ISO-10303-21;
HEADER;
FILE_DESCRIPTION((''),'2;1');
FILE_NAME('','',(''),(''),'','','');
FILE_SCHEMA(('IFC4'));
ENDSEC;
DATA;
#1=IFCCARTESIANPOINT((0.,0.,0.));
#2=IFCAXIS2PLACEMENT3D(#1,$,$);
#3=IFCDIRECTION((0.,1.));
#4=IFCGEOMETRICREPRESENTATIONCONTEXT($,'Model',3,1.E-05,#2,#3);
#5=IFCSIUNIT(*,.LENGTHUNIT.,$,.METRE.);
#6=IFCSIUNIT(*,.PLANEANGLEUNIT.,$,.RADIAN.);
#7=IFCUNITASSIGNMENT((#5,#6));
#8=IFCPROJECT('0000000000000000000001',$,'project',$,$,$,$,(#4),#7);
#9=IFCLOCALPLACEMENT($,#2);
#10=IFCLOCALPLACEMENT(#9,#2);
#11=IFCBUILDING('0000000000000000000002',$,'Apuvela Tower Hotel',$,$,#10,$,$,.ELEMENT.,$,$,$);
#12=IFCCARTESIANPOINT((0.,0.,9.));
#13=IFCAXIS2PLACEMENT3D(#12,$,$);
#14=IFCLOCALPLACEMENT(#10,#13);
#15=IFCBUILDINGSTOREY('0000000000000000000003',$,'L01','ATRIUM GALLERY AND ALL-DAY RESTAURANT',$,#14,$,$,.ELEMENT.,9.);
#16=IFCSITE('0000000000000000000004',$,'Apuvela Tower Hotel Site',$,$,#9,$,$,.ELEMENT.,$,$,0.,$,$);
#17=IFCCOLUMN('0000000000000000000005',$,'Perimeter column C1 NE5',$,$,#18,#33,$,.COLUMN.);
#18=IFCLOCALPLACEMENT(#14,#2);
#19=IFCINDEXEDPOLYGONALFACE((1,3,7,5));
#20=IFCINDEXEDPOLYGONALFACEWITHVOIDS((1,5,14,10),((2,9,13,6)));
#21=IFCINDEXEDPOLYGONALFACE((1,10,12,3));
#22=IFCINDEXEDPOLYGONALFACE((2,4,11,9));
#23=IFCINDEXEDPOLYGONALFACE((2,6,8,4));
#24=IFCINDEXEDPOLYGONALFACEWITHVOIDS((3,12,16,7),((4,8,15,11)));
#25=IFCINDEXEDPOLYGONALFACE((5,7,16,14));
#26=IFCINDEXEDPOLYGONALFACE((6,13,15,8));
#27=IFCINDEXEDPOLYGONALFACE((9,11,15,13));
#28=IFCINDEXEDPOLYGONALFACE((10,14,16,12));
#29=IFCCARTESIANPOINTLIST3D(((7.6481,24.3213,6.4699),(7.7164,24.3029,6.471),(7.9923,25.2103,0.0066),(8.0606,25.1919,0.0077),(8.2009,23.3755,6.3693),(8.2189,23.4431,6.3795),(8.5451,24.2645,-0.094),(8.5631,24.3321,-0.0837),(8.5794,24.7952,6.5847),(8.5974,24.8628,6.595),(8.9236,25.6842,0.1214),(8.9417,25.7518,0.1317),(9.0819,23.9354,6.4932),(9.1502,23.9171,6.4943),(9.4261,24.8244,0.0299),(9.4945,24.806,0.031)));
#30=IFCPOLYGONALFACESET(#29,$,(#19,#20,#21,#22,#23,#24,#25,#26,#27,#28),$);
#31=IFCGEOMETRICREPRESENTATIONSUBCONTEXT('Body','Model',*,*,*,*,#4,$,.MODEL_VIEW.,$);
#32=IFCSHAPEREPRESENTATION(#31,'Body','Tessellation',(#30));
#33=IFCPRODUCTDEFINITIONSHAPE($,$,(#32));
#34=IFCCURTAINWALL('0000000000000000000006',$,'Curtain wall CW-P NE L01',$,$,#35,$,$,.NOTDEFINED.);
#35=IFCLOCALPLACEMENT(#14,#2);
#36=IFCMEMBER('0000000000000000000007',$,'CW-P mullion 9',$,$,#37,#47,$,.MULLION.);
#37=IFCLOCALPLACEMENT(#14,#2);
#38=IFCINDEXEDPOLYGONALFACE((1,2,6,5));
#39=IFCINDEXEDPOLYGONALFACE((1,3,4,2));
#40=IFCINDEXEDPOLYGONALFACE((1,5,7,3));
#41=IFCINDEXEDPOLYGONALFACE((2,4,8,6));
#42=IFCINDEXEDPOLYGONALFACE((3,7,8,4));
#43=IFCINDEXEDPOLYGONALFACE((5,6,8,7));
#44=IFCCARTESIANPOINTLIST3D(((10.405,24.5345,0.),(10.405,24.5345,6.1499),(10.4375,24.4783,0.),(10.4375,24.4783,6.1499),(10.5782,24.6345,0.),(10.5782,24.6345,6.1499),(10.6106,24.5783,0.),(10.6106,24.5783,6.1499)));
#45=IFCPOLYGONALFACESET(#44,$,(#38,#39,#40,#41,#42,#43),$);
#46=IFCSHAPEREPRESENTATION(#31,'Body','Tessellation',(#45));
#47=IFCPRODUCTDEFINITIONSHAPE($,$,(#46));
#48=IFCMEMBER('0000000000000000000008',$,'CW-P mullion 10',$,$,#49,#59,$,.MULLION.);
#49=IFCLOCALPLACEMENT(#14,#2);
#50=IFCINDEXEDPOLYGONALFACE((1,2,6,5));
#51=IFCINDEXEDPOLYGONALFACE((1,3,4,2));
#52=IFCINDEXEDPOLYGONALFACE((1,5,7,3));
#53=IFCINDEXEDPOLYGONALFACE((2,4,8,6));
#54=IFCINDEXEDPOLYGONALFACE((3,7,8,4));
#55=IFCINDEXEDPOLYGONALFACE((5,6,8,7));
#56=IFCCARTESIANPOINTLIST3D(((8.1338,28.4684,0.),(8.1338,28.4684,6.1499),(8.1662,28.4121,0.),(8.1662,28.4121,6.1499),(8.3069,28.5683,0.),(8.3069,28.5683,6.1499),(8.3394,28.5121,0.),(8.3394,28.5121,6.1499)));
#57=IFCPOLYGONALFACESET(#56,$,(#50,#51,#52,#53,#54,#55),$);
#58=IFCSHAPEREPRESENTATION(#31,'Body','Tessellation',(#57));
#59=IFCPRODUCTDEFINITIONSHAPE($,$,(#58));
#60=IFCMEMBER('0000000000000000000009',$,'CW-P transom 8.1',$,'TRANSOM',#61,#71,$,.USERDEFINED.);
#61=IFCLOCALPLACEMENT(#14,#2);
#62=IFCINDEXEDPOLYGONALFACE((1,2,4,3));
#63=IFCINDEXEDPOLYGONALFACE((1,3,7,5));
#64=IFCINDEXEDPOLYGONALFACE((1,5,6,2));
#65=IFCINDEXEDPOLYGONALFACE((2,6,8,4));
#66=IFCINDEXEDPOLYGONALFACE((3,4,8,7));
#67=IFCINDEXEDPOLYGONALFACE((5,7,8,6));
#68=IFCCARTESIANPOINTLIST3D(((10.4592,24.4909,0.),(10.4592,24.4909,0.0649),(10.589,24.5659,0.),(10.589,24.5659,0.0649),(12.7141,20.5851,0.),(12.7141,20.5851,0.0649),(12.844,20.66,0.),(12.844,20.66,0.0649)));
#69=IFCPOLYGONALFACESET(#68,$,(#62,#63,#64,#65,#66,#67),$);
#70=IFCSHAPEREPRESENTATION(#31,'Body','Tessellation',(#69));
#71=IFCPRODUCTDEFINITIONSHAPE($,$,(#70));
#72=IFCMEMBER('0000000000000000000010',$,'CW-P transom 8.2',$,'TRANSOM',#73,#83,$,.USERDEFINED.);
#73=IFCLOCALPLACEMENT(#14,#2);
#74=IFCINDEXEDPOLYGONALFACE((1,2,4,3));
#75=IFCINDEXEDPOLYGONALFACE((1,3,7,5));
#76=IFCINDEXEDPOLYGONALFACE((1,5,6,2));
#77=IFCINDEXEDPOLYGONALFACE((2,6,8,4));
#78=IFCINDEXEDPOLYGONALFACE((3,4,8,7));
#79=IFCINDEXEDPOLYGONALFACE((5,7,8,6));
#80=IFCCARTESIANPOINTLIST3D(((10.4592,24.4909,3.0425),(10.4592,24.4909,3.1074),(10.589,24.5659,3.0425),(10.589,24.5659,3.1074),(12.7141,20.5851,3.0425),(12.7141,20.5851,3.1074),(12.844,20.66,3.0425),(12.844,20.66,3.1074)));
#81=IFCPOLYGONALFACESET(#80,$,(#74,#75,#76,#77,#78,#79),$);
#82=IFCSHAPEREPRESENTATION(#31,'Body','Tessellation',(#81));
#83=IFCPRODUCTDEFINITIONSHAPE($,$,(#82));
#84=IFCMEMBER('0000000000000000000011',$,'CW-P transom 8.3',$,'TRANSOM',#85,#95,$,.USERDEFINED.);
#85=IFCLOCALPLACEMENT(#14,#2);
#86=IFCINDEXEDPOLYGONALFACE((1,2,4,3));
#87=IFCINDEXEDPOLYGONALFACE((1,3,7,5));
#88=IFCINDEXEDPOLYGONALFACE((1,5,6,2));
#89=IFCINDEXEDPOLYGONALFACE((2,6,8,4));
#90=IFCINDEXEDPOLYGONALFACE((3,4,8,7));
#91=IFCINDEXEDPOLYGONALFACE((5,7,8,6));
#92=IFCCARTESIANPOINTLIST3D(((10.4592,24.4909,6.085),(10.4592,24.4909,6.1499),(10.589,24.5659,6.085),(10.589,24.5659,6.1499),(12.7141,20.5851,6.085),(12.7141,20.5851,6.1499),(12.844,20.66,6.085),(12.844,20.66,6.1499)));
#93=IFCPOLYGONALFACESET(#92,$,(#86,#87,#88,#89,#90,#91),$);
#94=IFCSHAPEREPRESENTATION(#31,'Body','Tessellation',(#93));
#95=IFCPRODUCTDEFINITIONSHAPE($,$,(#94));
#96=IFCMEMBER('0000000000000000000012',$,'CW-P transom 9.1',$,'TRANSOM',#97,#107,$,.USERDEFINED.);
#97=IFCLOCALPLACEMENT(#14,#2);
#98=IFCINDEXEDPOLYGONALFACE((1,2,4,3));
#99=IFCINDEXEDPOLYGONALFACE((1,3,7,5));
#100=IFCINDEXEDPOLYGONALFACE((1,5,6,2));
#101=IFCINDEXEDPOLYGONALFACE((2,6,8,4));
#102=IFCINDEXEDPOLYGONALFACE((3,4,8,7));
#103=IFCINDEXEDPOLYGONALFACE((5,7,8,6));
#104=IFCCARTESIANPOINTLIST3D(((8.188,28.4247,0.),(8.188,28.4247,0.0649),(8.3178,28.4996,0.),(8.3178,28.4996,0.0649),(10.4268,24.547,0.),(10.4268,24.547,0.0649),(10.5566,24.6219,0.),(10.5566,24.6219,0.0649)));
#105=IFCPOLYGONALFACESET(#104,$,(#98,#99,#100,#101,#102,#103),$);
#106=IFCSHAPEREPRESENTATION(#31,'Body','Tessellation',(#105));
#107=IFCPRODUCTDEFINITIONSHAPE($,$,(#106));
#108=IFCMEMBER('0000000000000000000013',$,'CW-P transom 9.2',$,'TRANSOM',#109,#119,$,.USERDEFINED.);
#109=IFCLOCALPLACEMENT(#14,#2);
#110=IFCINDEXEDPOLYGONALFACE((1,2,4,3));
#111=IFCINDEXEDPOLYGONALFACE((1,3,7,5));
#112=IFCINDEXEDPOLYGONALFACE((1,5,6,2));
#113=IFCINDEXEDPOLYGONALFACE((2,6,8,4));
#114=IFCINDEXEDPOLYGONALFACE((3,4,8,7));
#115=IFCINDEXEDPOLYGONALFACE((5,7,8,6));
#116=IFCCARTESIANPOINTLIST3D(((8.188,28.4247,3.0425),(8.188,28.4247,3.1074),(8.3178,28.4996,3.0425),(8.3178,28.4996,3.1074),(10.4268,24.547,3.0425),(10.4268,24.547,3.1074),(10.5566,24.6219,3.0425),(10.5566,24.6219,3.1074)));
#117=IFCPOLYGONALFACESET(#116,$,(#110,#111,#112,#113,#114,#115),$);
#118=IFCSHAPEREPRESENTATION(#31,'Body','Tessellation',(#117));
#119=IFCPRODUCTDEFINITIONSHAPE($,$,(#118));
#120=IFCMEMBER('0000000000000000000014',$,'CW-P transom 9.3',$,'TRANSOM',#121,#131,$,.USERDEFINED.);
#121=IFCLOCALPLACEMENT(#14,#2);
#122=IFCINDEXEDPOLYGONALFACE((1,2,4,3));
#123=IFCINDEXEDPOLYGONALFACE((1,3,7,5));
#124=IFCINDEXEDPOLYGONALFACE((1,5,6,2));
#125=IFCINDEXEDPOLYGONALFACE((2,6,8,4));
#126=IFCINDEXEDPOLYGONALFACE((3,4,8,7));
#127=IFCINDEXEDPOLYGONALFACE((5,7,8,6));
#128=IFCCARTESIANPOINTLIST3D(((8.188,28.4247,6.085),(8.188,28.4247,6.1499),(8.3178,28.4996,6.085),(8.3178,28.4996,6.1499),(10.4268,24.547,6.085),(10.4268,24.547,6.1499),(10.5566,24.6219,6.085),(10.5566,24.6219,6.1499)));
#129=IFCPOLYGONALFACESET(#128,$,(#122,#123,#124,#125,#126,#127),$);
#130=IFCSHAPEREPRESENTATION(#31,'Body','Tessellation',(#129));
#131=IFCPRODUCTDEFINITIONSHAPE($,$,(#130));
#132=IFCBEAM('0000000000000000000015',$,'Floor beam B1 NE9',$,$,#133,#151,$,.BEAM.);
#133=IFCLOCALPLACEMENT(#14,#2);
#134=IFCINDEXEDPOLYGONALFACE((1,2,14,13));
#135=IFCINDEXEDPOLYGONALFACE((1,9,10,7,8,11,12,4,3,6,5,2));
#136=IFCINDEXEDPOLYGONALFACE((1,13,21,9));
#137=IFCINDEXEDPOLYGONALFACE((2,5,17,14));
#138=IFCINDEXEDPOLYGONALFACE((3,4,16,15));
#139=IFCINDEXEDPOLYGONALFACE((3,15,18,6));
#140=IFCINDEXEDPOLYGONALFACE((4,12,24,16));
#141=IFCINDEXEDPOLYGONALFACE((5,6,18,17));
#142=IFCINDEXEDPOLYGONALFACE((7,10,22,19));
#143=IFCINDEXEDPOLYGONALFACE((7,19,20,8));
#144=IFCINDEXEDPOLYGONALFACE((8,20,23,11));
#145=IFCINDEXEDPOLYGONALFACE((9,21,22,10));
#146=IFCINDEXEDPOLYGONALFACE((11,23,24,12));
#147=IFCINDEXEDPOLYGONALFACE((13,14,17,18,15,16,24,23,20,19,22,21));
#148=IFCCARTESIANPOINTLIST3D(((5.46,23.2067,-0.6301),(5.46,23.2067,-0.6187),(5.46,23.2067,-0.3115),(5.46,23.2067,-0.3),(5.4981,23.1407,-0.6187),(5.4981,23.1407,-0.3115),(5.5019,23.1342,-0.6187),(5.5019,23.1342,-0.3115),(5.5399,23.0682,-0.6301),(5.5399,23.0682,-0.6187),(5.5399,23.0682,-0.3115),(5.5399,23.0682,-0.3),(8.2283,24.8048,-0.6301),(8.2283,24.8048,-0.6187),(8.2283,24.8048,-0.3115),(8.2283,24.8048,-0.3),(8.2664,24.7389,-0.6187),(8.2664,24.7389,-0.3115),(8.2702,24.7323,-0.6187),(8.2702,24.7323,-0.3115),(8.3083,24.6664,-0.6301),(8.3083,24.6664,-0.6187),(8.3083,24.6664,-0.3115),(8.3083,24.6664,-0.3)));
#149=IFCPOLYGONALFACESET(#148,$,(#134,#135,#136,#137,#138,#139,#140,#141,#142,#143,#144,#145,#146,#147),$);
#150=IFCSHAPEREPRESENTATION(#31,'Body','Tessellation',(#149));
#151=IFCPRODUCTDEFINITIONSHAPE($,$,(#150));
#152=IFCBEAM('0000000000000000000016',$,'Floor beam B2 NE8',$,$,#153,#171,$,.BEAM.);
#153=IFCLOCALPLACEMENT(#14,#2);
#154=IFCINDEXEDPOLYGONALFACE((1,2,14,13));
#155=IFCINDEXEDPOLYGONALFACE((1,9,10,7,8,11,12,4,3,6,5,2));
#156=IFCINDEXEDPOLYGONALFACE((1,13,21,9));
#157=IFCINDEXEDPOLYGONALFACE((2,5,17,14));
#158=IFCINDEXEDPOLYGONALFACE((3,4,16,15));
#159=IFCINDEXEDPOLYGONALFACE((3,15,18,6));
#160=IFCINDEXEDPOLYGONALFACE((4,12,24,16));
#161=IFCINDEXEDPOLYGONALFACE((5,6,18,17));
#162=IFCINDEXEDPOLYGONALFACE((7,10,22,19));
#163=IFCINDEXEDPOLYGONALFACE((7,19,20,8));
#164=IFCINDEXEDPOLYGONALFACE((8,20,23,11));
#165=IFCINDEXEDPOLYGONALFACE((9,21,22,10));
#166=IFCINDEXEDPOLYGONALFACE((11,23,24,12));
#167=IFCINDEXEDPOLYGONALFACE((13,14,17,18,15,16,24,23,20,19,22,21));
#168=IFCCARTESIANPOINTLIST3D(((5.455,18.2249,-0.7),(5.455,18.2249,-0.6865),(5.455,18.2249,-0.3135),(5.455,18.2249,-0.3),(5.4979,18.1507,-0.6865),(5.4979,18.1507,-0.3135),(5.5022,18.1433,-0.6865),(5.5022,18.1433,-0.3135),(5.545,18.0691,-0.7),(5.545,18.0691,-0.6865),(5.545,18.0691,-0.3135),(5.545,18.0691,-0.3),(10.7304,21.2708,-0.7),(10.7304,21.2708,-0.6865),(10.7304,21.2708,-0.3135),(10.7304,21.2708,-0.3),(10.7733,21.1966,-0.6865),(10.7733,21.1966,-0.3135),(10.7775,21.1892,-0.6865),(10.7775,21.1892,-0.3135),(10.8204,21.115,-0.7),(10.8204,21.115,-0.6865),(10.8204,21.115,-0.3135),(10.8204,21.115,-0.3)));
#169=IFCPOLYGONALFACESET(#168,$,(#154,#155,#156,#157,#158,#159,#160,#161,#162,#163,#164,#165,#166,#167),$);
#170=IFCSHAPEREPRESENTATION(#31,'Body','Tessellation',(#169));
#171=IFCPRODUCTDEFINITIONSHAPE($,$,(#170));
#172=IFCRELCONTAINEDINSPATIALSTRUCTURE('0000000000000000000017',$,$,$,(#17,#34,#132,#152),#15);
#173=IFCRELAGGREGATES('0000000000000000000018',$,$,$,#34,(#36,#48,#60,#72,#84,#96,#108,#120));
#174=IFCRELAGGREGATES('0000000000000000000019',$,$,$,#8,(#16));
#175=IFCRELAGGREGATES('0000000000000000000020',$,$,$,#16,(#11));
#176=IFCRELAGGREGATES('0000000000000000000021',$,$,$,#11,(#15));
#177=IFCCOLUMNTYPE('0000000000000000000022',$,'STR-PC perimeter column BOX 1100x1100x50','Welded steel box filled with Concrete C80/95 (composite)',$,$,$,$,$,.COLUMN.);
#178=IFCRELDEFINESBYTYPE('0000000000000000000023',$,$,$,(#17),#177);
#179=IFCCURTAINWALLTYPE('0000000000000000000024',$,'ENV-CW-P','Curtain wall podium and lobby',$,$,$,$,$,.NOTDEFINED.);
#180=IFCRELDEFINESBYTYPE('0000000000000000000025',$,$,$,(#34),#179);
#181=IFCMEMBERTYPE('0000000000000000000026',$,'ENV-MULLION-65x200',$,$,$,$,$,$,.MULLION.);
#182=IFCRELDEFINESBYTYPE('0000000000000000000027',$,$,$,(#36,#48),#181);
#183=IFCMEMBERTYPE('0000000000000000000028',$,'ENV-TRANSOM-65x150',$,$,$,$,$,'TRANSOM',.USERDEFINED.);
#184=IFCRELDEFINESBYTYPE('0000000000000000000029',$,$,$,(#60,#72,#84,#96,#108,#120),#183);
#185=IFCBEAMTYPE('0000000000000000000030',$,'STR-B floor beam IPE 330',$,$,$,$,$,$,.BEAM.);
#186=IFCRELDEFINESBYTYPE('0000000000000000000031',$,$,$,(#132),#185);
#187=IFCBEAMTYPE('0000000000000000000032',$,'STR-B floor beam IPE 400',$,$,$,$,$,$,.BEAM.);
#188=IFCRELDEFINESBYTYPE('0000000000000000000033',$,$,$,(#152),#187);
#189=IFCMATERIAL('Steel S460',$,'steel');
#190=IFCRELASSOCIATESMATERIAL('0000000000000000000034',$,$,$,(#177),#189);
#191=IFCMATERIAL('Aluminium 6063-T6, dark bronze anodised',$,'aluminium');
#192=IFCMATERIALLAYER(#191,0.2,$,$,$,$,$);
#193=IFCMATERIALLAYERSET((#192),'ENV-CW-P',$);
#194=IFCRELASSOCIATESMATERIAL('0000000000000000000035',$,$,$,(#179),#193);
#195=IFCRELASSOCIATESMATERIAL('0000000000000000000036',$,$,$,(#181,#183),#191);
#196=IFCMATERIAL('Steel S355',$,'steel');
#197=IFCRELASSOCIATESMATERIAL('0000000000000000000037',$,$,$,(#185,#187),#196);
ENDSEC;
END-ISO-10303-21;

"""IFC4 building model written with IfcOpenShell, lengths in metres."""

from ifc_helpers import new_model, si_unit, direction, frame, origin, origin_2d, place, context, subcontext, project, spatial, rectangle, hollow_rectangle, i_section, extrude, boolean, halfspace, material, layer, layer_set, material_profile, profile_set, type_object, element, aggregate, save


model = new_model("IFC4")

# Units and contexts
model_context = context("Model", 3, precision=1e-05, world=origin(), true_north=direction((0.0, 1.0)))
body_context = subcontext(model_context, "Body", "Model", "MODEL_VIEW")
ifc_project = project(units=[si_unit("LENGTHUNIT", "METRE"), si_unit("PLANEANGLEUNIT", "RADIAN")], contexts=[model_context])

# Site, building, storey
site_placement = place(None, origin())
site = spatial("IfcSite", under=ifc_project, at=site_placement, Name="Apuvela Tower Hotel Site", CompositionType="ELEMENT", RefElevation=0.0)
building_placement = place(site_placement, origin())
building = spatial("IfcBuilding", under=site, at=building_placement, Name="Apuvela Tower Hotel", CompositionType="ELEMENT")
storey_placement = place(building_placement, frame((0.0, 0.0, 9.0)))
storey = spatial("IfcBuildingStorey", under=building, at=storey_placement, Name="L01", Description="ATRIUM GALLERY AND ALL-DAY RESTAURANT", CompositionType="ELEMENT", Elevation=9.0)

# Column
ifc_material_1 = material(Name="Steel S460", Category="steel")
ifc_material_profile_1 = material_profile(ifc_material_1, hollow_rectangle(XDim=1.1001, YDim=1.1001, WallThickness=0.05, at=origin_2d()), Name="BOX 1100x1100x50")
ifc_material_2 = material(Name="Concrete C80/95", Category="concrete")
ifc_material_profile_2 = material_profile(ifc_material_2, rectangle(XDim=1.0, YDim=1.0, at=origin_2d()), Name="Concrete C80/95 infill")
ifc_profile_set_1 = profile_set([ifc_material_profile_1, ifc_material_profile_2], Name="Steel S460")
column_type = type_object("IfcColumnType", Name="STR-PC perimeter column BOX 1100x1100x50", Description="Welded steel box filled with Concrete C80/95 (composite)", PredefinedType="COLUMN", material=ifc_profile_set_1)
column_placement = place(storey_placement, frame((8.7444, 25.0107, 0.0), z_axis=(-0.05269, -0.136073, 0.989297), x_axis=(-0.502493, 0.859727, 0.091488)))
element("IfcColumn", 1, at=column_placement, inside=storey, type_object=column_type, Name="Perimeter column C1 NE5", PredefinedType="COLUMN", context=body_context, shape_type="SweptSolid", body=[
    boolean("DIFFERENCE", boolean("DIFFERENCE", extrude(hollow_rectangle(XDim=1.1001, YDim=1.1001, WallThickness=0.05, at=origin_2d()), origin(), (0.0, 0.0, 1.0), 6.5703), halfspace(frame((0.0, 0.0, 0.019), z_axis=(0.0, 0.0, 1.0), x_axis=(1.0, 0.0, 0.0)), True)), halfspace(frame((0.0, 0.0, 6.5522), z_axis=(0.0, 0.0, 1.0), x_axis=(1.0, 0.0, 0.0)), False)),
])

# Curtain wall, members
ifc_material_3 = material(Name="Aluminium 6063-T6, dark bronze anodised", Category="aluminium")
ifc_layer_1 = layer(ifc_material_3, 0.2)
ifc_layer_set_1 = layer_set([ifc_layer_1], Name="ENV-CW-P")
curtain_wall_type = type_object("IfcCurtainWallType", Name="ENV-CW-P", Description="Curtain wall podium and lobby", PredefinedType="NOTDEFINED", material=ifc_layer_set_1)
curtain_wall_placement = place(storey_placement, origin())
curtain_wall = element("IfcCurtainWall", 2, at=curtain_wall_placement, inside=storey, type_object=curtain_wall_type, Name="Curtain wall CW-P NE L01", PredefinedType="NOTDEFINED")
ifc_material_profile_3 = material_profile(ifc_material_3, rectangle(XDim=0.2, YDim=0.0649, at=origin_2d()), Name="AL 65x200")
ifc_profile_set_2 = profile_set([ifc_material_profile_3], Name="Aluminium 6063-T6, dark bronze anodised")
member_type_1 = type_object("IfcMemberType", Name="ENV-MULLION-65x200", PredefinedType="MULLION", material=ifc_profile_set_2)
member_1_placement = place(storey_placement, frame((10.5078, 24.5564, 0.0), z_axis=(0.0, 0.0, 1.0), x_axis=(-0.866025, -0.5, 0.0)))
member_1 = element("IfcMember", 3, at=member_1_placement, type_object=member_type_1, Name="CW-P mullion 9", PredefinedType="MULLION", context=body_context, shape_type="SweptSolid", body=[
    extrude(rectangle(XDim=0.2, YDim=0.0649, at=origin_2d()), origin(), (0.0, 0.0, 1.0), 6.1499),
])
member_2_placement = place(storey_placement, frame((8.2366, 28.4902, 0.0), z_axis=(0.0, 0.0, 1.0), x_axis=(-0.866025, -0.5, 0.0)))
member_2 = element("IfcMember", 4, at=member_2_placement, type_object=member_type_1, Name="CW-P mullion 10", PredefinedType="MULLION", context=body_context, shape_type="SweptSolid", body=[
    extrude(rectangle(XDim=0.2, YDim=0.0649, at=origin_2d()), origin(), (0.0, 0.0, 1.0), 6.1499),
])
ifc_material_profile_4 = material_profile(ifc_material_3, rectangle(XDim=0.1499, YDim=0.0649, at=origin_2d()), Name="AL 65x150 transom")
ifc_profile_set_3 = profile_set([ifc_material_profile_4], Name="Aluminium 6063-T6, dark bronze anodised")
member_type_2 = type_object("IfcMemberType", Name="ENV-TRANSOM-65x150", ElementType="TRANSOM", PredefinedType="USERDEFINED", material=ifc_profile_set_3)
member_3_placement = place(storey_placement, frame((12.7791, 20.6226, 0.0325), z_axis=(-0.499982, 0.866036, 0.0), x_axis=(-0.866036, -0.499982, 0.0)))
member_3 = element("IfcMember", 5, at=member_3_placement, type_object=member_type_2, Name="CW-P transom 8.1", ObjectType="TRANSOM", PredefinedType="USERDEFINED", context=body_context, shape_type="SweptSolid", body=[
    extrude(rectangle(XDim=0.1499, YDim=0.0649, at=origin_2d()), origin(), (0.0, 0.0, 1.0), 4.51),
])
member_4_placement = place(storey_placement, frame((12.7791, 20.6226, 3.075), z_axis=(-0.499982, 0.866036, 0.0), x_axis=(-0.866036, -0.499982, 0.0)))
member_4 = element("IfcMember", 6, at=member_4_placement, type_object=member_type_2, Name="CW-P transom 8.2", ObjectType="TRANSOM", PredefinedType="USERDEFINED", context=body_context, shape_type="SweptSolid", body=[
    extrude(rectangle(XDim=0.1499, YDim=0.0649, at=origin_2d()), origin(), (0.0, 0.0, 1.0), 4.51),
])
member_5_placement = place(storey_placement, frame((12.7791, 20.6226, 6.1174), z_axis=(-0.499982, 0.866036, 0.0), x_axis=(-0.866036, -0.499982, 0.0)))
member_5 = element("IfcMember", 7, at=member_5_placement, type_object=member_type_2, Name="CW-P transom 8.3", ObjectType="TRANSOM", PredefinedType="USERDEFINED", context=body_context, shape_type="SweptSolid", body=[
    extrude(rectangle(XDim=0.1499, YDim=0.0649, at=origin_2d()), origin(), (0.0, 0.0, 1.0), 4.51),
])
member_6_placement = place(storey_placement, frame((10.4917, 24.5845, 0.0325), z_axis=(-0.499998, 0.866027, 0.0), x_axis=(-0.866027, -0.499998, 0.0)))
member_6 = element("IfcMember", 8, at=member_6_placement, type_object=member_type_2, Name="CW-P transom 9.1", ObjectType="TRANSOM", PredefinedType="USERDEFINED", context=body_context, shape_type="SweptSolid", body=[
    extrude(rectangle(XDim=0.1499, YDim=0.0649, at=origin_2d()), origin(), (0.0, 0.0, 1.0), 4.4775),
])
member_7_placement = place(storey_placement, frame((10.4917, 24.5845, 3.075), z_axis=(-0.499998, 0.866027, 0.0), x_axis=(-0.866027, -0.499998, 0.0)))
member_7 = element("IfcMember", 9, at=member_7_placement, type_object=member_type_2, Name="CW-P transom 9.2", ObjectType="TRANSOM", PredefinedType="USERDEFINED", context=body_context, shape_type="SweptSolid", body=[
    extrude(rectangle(XDim=0.1499, YDim=0.0649, at=origin_2d()), origin(), (0.0, 0.0, 1.0), 4.4775),
])
member_8_placement = place(storey_placement, frame((10.4917, 24.5845, 6.1174), z_axis=(-0.499998, 0.866027, 0.0), x_axis=(-0.866027, -0.499998, 0.0)))
member_8 = element("IfcMember", 10, at=member_8_placement, type_object=member_type_2, Name="CW-P transom 9.3", ObjectType="TRANSOM", PredefinedType="USERDEFINED", context=body_context, shape_type="SweptSolid", body=[
    extrude(rectangle(XDim=0.1499, YDim=0.0649, at=origin_2d()), origin(), (0.0, 0.0, 1.0), 4.4775),
])

# Beams
ifc_material_4 = material(Name="Steel S355", Category="steel")
ifc_material_profile_5 = material_profile(ifc_material_4, i_section(OverallWidth=0.1599, OverallDepth=0.3301, WebThickness=0.0076, FlangeThickness=0.0115, at=origin_2d()), Name="IPE 330")
ifc_profile_set_4 = profile_set([ifc_material_profile_5], Name="Steel S355")
beam_type_1 = type_object("IfcBeamType", Name="STR-B floor beam IPE 330", PredefinedType="BEAM", material=ifc_profile_set_4)
beam_1_placement = place(storey_placement, frame((8.2683, 24.7356, -0.4651), z_axis=(-0.866044, -0.499967, 0.0), x_axis=(0.499967, -0.866044, 0.0)))
element("IfcBeam", 11, at=beam_1_placement, inside=storey, type_object=beam_type_1, Name="Floor beam B1 NE9", PredefinedType="BEAM", context=body_context, shape_type="SweptSolid", body=[
    extrude(i_section(OverallWidth=0.1599, OverallDepth=0.3301, WebThickness=0.0076, FlangeThickness=0.0115, at=origin_2d()), origin(), (0.0, 0.0, 1.0), 3.1965),
])
ifc_material_profile_6 = material_profile(ifc_material_4, i_section(OverallWidth=0.1799, OverallDepth=0.3999, WebThickness=0.0085, FlangeThickness=0.0134, at=origin_2d()), Name="IPE 400")
ifc_profile_set_5 = profile_set([ifc_material_profile_6], Name="Steel S355")
beam_type_2 = type_object("IfcBeamType", Name="STR-B floor beam IPE 400", PredefinedType="BEAM", material=ifc_profile_set_5)
beam_2_placement = place(storey_placement, frame((10.7754, 21.1929, -0.5), z_axis=(-0.866015, -0.500018, 0.0), x_axis=(0.500018, -0.866015, 0.0)))
element("IfcBeam", 12, at=beam_2_placement, inside=storey, type_object=beam_type_2, Name="Floor beam B2 NE8", PredefinedType="BEAM", context=body_context, shape_type="SweptSolid", body=[
    extrude(i_section(OverallWidth=0.1799, OverallDepth=0.3999, WebThickness=0.0085, FlangeThickness=0.0134, at=origin_2d()), origin(), (0.0, 0.0, 1.0), 6.0916),
])

aggregate(curtain_wall, [member_1, member_2, member_3, member_4, member_5, member_6, member_7, member_8])

save(model, "model.ifc")
